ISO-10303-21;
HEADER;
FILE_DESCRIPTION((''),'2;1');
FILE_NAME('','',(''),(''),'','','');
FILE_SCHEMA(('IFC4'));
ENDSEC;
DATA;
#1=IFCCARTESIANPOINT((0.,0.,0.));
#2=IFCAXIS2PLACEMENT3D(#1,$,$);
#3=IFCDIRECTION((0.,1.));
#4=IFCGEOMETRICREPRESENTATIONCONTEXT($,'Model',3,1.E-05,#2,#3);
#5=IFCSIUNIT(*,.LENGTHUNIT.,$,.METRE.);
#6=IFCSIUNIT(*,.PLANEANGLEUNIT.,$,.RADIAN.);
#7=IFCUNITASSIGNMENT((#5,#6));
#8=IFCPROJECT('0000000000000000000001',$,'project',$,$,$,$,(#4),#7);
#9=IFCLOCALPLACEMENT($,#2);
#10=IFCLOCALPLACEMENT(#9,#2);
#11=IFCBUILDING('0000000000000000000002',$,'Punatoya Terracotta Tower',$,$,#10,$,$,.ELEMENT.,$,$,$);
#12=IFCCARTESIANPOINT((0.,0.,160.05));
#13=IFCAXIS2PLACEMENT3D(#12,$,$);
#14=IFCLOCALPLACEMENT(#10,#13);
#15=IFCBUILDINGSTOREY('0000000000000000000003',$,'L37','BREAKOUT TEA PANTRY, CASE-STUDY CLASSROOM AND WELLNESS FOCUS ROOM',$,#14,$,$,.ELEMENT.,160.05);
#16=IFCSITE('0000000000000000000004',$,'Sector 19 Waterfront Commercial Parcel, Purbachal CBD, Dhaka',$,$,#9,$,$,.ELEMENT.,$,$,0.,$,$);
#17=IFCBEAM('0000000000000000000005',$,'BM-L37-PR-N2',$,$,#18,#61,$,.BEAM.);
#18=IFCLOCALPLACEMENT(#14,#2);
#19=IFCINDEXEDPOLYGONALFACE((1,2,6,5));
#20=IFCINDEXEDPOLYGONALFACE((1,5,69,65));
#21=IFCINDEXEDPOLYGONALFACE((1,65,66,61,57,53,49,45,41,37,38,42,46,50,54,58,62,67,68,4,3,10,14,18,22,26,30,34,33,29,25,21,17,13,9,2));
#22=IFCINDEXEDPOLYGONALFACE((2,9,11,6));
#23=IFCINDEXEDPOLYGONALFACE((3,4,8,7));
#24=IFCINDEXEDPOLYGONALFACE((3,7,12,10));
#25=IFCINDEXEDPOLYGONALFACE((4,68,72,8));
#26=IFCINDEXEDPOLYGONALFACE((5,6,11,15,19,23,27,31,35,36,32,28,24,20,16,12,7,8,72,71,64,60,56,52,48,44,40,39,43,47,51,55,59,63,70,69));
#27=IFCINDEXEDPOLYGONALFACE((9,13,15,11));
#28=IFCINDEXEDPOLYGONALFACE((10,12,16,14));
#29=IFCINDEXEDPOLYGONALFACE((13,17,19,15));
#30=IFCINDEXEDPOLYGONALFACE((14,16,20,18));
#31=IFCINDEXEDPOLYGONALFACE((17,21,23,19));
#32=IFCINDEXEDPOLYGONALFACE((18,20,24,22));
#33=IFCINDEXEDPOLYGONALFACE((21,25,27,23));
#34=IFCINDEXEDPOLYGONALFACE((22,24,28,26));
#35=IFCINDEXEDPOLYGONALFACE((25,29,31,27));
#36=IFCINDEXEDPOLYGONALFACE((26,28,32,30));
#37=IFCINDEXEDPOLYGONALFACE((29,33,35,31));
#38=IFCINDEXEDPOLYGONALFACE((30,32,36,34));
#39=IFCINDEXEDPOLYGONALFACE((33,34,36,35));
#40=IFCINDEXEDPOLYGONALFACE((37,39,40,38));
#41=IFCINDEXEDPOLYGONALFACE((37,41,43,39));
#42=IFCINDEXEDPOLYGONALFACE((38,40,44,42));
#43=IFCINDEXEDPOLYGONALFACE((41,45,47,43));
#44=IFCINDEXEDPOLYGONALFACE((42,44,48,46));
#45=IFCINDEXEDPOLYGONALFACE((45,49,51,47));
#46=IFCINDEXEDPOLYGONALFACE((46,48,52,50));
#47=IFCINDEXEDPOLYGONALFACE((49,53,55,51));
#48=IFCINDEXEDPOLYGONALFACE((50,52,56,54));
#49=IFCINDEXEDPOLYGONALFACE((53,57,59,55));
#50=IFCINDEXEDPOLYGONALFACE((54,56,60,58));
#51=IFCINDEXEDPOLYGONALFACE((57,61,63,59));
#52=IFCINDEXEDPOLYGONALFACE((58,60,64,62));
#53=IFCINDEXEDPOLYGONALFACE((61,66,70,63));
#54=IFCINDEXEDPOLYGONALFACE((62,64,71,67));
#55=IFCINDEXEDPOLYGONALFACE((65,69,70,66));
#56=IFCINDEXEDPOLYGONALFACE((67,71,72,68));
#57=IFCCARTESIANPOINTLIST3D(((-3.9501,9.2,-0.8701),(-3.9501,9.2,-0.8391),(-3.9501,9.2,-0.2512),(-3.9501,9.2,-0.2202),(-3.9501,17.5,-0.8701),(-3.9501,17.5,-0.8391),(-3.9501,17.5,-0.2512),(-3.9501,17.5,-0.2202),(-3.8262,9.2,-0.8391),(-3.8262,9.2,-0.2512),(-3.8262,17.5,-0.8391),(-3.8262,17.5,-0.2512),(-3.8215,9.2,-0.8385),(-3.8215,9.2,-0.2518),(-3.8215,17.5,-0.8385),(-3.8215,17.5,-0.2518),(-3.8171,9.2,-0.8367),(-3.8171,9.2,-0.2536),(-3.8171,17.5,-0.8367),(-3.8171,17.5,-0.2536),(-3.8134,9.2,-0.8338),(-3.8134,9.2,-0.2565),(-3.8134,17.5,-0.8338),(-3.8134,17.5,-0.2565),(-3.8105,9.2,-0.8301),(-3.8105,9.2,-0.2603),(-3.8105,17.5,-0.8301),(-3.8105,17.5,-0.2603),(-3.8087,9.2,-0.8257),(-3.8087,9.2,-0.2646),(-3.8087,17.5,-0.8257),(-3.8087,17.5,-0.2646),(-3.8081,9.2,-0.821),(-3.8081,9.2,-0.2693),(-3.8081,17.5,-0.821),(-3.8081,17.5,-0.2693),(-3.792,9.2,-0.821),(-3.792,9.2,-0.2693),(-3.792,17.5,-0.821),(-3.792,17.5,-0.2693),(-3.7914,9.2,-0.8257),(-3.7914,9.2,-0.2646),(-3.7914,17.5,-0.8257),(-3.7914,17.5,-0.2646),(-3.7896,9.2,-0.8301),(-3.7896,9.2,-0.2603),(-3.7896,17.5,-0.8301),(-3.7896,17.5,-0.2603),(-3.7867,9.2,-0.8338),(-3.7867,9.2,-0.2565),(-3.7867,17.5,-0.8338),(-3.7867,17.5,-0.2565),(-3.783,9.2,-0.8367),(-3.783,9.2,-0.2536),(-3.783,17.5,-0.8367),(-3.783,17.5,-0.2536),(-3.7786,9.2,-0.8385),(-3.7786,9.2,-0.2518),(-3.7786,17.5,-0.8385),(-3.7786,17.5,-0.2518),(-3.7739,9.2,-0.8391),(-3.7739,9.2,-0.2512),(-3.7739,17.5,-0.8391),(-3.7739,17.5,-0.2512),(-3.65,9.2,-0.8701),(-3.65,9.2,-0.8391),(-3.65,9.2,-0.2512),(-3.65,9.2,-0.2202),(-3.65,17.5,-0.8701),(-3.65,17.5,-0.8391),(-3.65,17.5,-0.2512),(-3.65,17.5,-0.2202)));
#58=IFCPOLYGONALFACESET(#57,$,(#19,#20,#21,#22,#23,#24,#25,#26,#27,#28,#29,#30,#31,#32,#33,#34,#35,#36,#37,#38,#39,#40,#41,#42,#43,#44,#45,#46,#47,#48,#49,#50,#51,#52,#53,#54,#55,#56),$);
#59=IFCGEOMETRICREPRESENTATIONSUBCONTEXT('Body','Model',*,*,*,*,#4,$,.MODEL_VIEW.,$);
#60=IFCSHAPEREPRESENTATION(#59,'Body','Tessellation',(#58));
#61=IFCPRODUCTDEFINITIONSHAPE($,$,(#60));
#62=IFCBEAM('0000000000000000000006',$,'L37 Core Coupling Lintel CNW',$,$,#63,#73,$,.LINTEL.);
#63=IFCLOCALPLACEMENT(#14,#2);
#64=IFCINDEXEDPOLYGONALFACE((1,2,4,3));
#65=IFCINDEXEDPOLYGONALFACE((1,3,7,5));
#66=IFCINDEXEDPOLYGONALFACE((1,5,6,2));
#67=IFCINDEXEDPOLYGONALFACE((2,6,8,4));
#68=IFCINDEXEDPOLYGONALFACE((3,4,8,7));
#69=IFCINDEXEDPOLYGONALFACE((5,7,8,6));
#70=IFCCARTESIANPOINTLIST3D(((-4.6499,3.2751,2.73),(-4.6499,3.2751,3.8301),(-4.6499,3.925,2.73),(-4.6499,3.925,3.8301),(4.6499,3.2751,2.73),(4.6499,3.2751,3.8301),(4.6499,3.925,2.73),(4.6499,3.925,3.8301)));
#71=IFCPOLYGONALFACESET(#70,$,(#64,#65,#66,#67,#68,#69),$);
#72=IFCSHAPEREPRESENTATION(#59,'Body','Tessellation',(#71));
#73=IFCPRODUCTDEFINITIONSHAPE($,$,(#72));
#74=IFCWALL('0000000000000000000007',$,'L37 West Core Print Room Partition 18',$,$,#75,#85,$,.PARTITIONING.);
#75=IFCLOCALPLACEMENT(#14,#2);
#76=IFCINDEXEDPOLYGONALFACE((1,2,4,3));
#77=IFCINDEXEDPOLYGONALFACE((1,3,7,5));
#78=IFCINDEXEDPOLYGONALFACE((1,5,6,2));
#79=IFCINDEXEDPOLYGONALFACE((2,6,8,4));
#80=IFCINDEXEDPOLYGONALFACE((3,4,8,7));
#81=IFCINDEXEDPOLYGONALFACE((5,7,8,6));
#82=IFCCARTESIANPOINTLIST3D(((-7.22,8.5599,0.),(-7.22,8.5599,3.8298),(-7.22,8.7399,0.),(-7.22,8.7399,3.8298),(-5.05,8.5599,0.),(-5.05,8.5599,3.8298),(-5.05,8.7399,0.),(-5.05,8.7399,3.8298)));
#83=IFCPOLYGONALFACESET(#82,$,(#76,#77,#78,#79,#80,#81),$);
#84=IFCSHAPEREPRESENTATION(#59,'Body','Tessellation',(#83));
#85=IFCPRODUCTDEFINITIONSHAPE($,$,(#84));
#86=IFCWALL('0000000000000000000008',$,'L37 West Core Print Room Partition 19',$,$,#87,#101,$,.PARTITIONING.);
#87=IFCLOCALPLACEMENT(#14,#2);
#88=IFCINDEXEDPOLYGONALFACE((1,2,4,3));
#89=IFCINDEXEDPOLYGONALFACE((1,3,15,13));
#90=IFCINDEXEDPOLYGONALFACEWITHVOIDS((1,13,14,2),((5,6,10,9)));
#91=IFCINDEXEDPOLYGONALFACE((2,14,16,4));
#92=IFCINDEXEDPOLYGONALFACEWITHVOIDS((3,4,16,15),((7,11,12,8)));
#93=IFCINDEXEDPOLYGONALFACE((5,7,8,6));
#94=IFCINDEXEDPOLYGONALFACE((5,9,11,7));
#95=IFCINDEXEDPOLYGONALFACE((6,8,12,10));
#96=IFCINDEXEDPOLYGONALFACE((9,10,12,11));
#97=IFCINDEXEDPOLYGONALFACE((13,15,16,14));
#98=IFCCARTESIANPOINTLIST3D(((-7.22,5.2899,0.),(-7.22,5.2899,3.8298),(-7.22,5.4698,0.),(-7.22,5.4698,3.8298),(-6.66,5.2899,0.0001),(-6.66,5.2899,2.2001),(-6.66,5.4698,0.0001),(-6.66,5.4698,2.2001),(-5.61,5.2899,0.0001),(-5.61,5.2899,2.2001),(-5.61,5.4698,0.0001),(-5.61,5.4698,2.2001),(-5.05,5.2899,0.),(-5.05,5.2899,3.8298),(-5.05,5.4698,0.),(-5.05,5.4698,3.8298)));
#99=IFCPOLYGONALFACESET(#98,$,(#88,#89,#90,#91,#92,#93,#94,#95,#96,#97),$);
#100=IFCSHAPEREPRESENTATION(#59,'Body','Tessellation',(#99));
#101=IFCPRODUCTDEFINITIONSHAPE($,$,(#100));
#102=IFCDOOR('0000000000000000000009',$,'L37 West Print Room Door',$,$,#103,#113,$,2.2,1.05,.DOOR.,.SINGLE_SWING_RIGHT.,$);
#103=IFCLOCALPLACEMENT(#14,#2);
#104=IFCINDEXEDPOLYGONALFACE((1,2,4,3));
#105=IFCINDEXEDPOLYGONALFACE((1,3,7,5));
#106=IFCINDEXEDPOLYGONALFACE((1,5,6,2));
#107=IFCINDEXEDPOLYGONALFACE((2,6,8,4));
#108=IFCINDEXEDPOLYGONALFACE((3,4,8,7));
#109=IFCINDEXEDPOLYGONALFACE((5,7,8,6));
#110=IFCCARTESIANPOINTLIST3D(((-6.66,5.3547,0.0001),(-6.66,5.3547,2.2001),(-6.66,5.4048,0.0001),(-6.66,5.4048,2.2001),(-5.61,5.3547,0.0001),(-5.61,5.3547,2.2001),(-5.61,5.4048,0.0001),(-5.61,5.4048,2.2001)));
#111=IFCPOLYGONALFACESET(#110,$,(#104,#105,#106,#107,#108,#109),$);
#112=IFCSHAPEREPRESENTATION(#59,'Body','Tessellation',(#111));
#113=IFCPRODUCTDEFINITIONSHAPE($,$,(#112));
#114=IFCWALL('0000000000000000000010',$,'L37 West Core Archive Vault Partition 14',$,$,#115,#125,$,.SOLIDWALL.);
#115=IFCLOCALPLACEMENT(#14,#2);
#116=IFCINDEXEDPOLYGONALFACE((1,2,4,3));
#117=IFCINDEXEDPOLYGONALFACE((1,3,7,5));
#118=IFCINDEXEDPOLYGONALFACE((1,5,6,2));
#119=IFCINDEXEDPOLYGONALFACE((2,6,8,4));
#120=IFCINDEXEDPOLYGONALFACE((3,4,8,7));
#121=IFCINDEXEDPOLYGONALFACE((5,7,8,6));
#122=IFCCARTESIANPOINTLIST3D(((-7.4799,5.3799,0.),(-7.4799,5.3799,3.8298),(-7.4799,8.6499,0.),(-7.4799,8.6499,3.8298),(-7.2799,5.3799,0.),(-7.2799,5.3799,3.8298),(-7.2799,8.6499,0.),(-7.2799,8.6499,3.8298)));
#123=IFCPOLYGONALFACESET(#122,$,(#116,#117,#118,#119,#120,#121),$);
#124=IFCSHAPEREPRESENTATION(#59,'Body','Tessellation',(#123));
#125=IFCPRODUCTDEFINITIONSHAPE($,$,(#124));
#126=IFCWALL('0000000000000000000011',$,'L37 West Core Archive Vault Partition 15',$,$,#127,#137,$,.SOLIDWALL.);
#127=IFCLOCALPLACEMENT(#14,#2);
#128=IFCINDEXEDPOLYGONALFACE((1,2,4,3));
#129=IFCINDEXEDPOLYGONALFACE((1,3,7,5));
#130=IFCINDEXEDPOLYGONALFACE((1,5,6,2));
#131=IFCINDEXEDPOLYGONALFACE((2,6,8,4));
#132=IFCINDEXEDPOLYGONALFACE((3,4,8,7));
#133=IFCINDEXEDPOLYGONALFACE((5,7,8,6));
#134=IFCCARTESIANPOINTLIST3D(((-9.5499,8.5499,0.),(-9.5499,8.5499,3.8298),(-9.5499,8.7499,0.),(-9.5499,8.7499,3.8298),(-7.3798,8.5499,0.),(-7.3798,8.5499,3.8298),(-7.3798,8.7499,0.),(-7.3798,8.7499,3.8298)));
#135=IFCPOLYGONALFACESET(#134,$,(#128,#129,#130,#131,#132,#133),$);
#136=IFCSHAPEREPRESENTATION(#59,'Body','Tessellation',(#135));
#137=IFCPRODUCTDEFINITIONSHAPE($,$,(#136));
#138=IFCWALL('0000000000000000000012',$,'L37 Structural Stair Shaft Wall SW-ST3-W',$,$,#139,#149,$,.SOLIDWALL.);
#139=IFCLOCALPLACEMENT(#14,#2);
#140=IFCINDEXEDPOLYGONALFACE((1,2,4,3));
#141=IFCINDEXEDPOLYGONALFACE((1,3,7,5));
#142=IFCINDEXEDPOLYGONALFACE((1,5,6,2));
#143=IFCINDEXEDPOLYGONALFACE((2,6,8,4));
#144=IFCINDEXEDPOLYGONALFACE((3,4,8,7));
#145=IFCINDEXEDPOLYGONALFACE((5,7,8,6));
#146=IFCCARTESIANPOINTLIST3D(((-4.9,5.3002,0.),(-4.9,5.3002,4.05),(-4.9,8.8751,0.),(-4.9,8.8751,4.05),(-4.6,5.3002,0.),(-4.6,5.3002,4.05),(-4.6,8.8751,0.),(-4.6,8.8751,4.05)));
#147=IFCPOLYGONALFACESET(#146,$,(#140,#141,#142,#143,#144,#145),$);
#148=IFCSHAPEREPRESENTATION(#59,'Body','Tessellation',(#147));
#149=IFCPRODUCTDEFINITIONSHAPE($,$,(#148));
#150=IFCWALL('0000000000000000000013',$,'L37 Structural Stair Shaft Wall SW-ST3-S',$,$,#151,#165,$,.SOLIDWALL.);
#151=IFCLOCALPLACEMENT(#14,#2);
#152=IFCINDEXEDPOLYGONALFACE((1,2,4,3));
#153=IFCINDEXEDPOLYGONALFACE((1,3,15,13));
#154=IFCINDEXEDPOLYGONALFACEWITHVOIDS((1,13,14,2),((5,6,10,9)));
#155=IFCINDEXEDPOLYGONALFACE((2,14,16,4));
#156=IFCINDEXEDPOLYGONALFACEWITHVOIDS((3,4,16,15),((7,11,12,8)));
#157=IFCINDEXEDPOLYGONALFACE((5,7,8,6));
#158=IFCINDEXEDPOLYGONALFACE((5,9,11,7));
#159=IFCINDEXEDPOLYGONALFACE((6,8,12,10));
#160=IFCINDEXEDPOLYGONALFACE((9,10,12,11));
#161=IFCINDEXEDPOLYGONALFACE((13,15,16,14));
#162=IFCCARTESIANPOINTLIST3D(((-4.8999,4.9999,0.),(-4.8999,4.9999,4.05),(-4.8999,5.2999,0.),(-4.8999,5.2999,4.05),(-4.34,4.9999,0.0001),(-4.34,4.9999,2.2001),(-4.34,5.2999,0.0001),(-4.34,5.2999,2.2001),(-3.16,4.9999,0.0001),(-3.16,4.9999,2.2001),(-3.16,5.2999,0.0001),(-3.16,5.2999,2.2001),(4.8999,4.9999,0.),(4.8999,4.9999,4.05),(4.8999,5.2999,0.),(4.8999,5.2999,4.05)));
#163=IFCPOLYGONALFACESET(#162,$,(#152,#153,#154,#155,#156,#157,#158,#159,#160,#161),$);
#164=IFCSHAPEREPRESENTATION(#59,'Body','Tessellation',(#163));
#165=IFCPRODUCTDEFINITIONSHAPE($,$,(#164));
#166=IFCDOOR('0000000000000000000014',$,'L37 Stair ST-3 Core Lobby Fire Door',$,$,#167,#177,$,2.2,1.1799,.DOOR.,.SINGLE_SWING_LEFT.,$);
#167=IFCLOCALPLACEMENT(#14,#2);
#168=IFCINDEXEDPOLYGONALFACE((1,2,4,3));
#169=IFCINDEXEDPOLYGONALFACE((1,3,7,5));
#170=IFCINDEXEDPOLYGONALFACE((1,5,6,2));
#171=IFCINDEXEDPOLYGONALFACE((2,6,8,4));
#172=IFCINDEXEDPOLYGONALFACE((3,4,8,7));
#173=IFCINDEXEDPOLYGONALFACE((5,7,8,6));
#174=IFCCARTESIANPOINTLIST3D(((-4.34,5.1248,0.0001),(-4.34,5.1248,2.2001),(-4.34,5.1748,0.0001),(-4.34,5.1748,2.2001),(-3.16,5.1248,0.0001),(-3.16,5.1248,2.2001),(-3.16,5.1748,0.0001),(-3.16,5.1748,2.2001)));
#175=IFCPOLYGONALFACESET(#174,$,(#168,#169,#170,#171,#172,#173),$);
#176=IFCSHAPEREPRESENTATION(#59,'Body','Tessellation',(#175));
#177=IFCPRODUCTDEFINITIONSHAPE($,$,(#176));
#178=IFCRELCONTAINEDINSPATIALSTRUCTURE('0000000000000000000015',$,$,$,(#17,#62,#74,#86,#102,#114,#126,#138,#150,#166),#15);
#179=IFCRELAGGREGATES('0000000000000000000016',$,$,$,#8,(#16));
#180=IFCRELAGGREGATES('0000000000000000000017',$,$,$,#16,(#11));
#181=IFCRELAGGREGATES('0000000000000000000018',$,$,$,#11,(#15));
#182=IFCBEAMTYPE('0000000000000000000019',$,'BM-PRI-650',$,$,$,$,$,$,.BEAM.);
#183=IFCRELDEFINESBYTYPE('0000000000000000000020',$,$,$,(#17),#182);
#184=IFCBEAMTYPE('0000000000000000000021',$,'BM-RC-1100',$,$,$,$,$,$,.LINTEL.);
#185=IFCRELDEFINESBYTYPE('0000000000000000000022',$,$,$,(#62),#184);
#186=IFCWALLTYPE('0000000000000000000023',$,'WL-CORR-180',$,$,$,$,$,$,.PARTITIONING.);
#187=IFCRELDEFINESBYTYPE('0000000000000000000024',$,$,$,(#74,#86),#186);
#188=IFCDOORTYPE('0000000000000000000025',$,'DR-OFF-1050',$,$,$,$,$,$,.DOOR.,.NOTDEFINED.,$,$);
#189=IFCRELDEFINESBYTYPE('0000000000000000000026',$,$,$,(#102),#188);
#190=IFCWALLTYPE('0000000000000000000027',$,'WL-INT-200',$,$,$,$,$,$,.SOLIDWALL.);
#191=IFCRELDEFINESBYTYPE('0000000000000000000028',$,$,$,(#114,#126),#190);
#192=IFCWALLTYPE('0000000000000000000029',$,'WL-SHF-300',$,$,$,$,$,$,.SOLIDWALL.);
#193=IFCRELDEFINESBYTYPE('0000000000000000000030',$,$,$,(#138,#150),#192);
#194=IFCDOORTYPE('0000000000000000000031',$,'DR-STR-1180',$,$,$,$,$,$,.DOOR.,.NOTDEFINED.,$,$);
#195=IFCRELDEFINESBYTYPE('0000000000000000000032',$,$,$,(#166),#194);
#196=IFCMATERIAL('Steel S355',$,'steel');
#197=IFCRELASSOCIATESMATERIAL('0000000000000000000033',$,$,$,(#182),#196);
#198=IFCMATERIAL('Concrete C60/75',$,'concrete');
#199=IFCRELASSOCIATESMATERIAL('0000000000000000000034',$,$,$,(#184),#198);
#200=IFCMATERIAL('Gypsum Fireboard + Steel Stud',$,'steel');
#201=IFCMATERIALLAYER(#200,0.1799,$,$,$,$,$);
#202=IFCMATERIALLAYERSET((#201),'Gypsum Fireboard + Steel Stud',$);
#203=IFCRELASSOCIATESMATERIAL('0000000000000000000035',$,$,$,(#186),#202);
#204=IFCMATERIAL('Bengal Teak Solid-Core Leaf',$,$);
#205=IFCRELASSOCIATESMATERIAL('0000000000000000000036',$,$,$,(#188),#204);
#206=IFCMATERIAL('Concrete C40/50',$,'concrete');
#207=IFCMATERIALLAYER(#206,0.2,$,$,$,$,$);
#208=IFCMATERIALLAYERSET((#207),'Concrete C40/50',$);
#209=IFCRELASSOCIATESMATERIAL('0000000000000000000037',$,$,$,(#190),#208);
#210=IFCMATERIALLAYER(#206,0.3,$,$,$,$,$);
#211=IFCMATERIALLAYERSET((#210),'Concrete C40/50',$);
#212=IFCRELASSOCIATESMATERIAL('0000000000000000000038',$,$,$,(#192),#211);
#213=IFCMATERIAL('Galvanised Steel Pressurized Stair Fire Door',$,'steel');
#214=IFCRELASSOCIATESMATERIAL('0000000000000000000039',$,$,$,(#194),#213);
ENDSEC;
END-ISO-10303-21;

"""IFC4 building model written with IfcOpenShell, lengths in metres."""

from ifc_helpers import new_model, si_unit, direction, frame, frame_2d, origin, origin_2d, place, context, subcontext, project, spatial, rectangle, i_section, extrude, material, layer, layer_set, material_profile, profile_set, type_object, element, fill, save


model = new_model("IFC4")

# Units and contexts
model_context = context("Model", 3, precision=1e-05, world=origin(), true_north=direction((0.0, 1.0)))
body_context = subcontext(model_context, "Body", "Model", "MODEL_VIEW")
ifc_project = project(units=[si_unit("LENGTHUNIT", "METRE"), si_unit("PLANEANGLEUNIT", "RADIAN")], contexts=[model_context])

# Site, building, storey
site_placement = place(None, origin())
site = spatial("IfcSite", under=ifc_project, at=site_placement, Name="Sector 19 Waterfront Commercial Parcel, Purbachal CBD, Dhaka", CompositionType="ELEMENT", RefElevation=0.0)
building_placement = place(site_placement, origin())
building = spatial("IfcBuilding", under=site, at=building_placement, Name="Punatoya Terracotta Tower", CompositionType="ELEMENT")
storey_placement = place(building_placement, frame((0.0, 0.0, 160.05)))
storey = spatial("IfcBuildingStorey", under=building, at=storey_placement, Name="L37", Description="BREAKOUT TEA PANTRY, CASE-STUDY CLASSROOM AND WELLNESS FOCUS ROOM", CompositionType="ELEMENT", Elevation=160.05)

# Beams
ifc_material_1 = material(Name="Steel S355", Category="steel")
ifc_material_profile_1 = material_profile(ifc_material_1, i_section(OverallWidth=0.3, OverallDepth=0.6499, WebThickness=0.0161, FlangeThickness=0.031, FilletRadius=0.0181, at=origin_2d()))
ifc_profile_set_1 = profile_set([ifc_material_profile_1], Name="Steel S355")
beam_type_1 = type_object("IfcBeamType", Name="BM-PRI-650", PredefinedType="BEAM", material=ifc_profile_set_1)
beam_1_placement = place(storey_placement, frame((-3.8, 9.2, -0.5452), z_axis=(0.0, 1.0, 0.0), x_axis=(-1.0, 0.0, 0.0)))
element("IfcBeam", 1, at=beam_1_placement, inside=storey, type_object=beam_type_1, Name="BM-L37-PR-N2", PredefinedType="BEAM", context=body_context, shape_type="SweptSolid", body=[
    extrude(i_section(OverallWidth=0.3, OverallDepth=0.6499, WebThickness=0.0161, FlangeThickness=0.031, FilletRadius=0.0181, at=origin_2d()), origin(), (0.0, 0.0, 1.0), 8.3),
])
ifc_material_2 = material(Name="Concrete C60/75", Category="concrete")
ifc_material_profile_2 = material_profile(ifc_material_2, rectangle(XDim=0.6499, YDim=1.1001, at=origin_2d()))
ifc_profile_set_2 = profile_set([ifc_material_profile_2], Name="Concrete C60/75")
beam_type_2 = type_object("IfcBeamType", Name="BM-RC-1100", PredefinedType="LINTEL", material=ifc_profile_set_2)
beam_2_placement = place(storey_placement, frame((-4.6499, 3.6001, 3.28), z_axis=(1.0, 0.0, 0.0), x_axis=(0.0, 1.0, 0.0)))
element("IfcBeam", 2, at=beam_2_placement, inside=storey, type_object=beam_type_2, Name="L37 Core Coupling Lintel CNW", PredefinedType="LINTEL", context=body_context, shape_type="SweptSolid", body=[
    extrude(rectangle(XDim=0.6499, YDim=1.1001, at=origin_2d()), origin(), (0.0, 0.0, 1.0), 9.2998),
])

# Wall
ifc_material_3 = material(Name="Gypsum Fireboard + Steel Stud", Category="steel")
ifc_layer_1 = layer(ifc_material_3, 0.1799)
ifc_layer_set_1 = layer_set([ifc_layer_1], Name="Gypsum Fireboard + Steel Stud")
wall_type_1 = type_object("IfcWallType", Name="WL-CORR-180", PredefinedType="PARTITIONING", material=ifc_layer_set_1)
wall_1_placement = place(storey_placement, frame((-5.05, 8.6499, 0.0), z_axis=(0.0, 0.0, 1.0), x_axis=(-1.0, 0.0, 0.0)))
element("IfcWall", 3, at=wall_1_placement, inside=storey, type_object=wall_type_1, Name="L37 West Core Print Room Partition 18", PredefinedType="PARTITIONING", context=body_context, shape_type="SweptSolid", body=[
    extrude(rectangle(XDim=2.1699, YDim=0.1799, at=frame_2d((1.085, 0.0))), origin(), (0.0, 0.0, 1.0), 3.8298),
])

# Wall, opening, door
wall_2_placement = place(storey_placement, frame((-7.22, 5.3799, 0.0), z_axis=(0.0, 0.0, 1.0), x_axis=(1.0, 0.0, 0.0)))
wall_2 = element("IfcWall", 4, at=wall_2_placement, inside=storey, type_object=wall_type_1, Name="L37 West Core Print Room Partition 19", PredefinedType="PARTITIONING", context=body_context, shape_type="SweptSolid", body=[
    extrude(rectangle(XDim=2.1699, YDim=0.1799, at=frame_2d((1.085, 0.0))), origin(), (0.0, 0.0, 1.0), 3.8298),
])
opening_1_placement = place(wall_2_placement, frame((0.5601, 0.0, 0.0)))
opening_1 = element("IfcOpeningElement", 5, at=opening_1_placement, cuts=wall_2, PredefinedType="OPENING", context=body_context, shape_type="SweptSolid", body=[
    extrude(rectangle(XDim=1.05, YDim=2.2, at=frame_2d((0.5249, 1.1001))), frame((0.0, 0.0999, 0.0), z_axis=(0.0, -1.0, 0.0), x_axis=(1.0, 0.0, 0.0)), (0.0, 0.0, 1.0), 0.2),
])
ifc_material_4 = material(Name="Bengal Teak Solid-Core Leaf")
door_type_1 = type_object("IfcDoorType", Name="DR-OFF-1050", OperationType="NOTDEFINED", PredefinedType="DOOR", material=ifc_material_4)
door_1_placement = place(opening_1_placement, origin())
door_1 = element("IfcDoor", 6, at=door_1_placement, inside=storey, type_object=door_type_1, Name="L37 West Print Room Door", OperationType="SINGLE_SWING_RIGHT", OverallHeight=2.2, OverallWidth=1.05, PredefinedType="DOOR", context=body_context, shape_type="SweptSolid", body=[
    extrude(rectangle(XDim=1.05, YDim=2.2, at=frame_2d((0.5249, 1.1001))), frame((0.0, 0.0249, 0.0), z_axis=(0.0, -1.0, 0.0), x_axis=(1.0, 0.0, 0.0)), (0.0, 0.0, 1.0), 0.05),
])
fill(opening_1, door_1)

# Walls
ifc_material_5 = material(Name="Concrete C40/50", Category="concrete")
ifc_layer_2 = layer(ifc_material_5, 0.2)
ifc_layer_set_2 = layer_set([ifc_layer_2], Name="Concrete C40/50")
wall_type_2 = type_object("IfcWallType", Name="WL-INT-200", PredefinedType="SOLIDWALL", material=ifc_layer_set_2)
wall_3_placement = place(storey_placement, frame((-7.3799, 5.3799, 0.0), z_axis=(0.0, 0.0, 1.0), x_axis=(0.0, 1.0, 0.0)))
element("IfcWall", 7, at=wall_3_placement, inside=storey, type_object=wall_type_2, Name="L37 West Core Archive Vault Partition 14", PredefinedType="SOLIDWALL", context=body_context, shape_type="SweptSolid", body=[
    extrude(rectangle(XDim=3.27, YDim=0.2, at=frame_2d((1.635, 0.0))), origin(), (0.0, 0.0, 1.0), 3.8298),
])
wall_4_placement = place(storey_placement, frame((-7.3799, 8.6499, 0.0), z_axis=(0.0, 0.0, 1.0), x_axis=(-1.0, 0.0, 0.0)))
element("IfcWall", 8, at=wall_4_placement, inside=storey, type_object=wall_type_2, Name="L37 West Core Archive Vault Partition 15", PredefinedType="SOLIDWALL", context=body_context, shape_type="SweptSolid", body=[
    extrude(rectangle(XDim=2.1702, YDim=0.2, at=frame_2d((1.085, 0.0))), origin(), (0.0, 0.0, 1.0), 3.8298),
])
ifc_layer_3 = layer(ifc_material_5, 0.3)
ifc_layer_set_3 = layer_set([ifc_layer_3], Name="Concrete C40/50")
wall_type_3 = type_object("IfcWallType", Name="WL-SHF-300", PredefinedType="SOLIDWALL", material=ifc_layer_set_3)
wall_5_placement = place(storey_placement, frame((-4.75, 5.3, 0.0), z_axis=(0.0, 0.0, 1.0), x_axis=(0.0, 1.0, 0.0)))
element("IfcWall", 9, at=wall_5_placement, inside=storey, type_object=wall_type_3, Name="L37 Structural Stair Shaft Wall SW-ST3-W", PredefinedType="SOLIDWALL", context=body_context, shape_type="SweptSolid", body=[
    extrude(rectangle(XDim=3.575, YDim=0.3, at=frame_2d((1.7876, 0.0))), origin(), (0.0, 0.0, 1.0), 4.05),
])

# Wall, opening, door
wall_6_placement = place(storey_placement, frame((-4.8999, 5.1499, 0.0), z_axis=(0.0, 0.0, 1.0), x_axis=(1.0, 0.0, 0.0)))
wall_6 = element("IfcWall", 10, at=wall_6_placement, inside=storey, type_object=wall_type_3, Name="L37 Structural Stair Shaft Wall SW-ST3-S", PredefinedType="SOLIDWALL", context=body_context, shape_type="SweptSolid", body=[
    extrude(rectangle(XDim=9.7998, YDim=0.3, at=frame_2d((4.8999, 0.0))), origin(), (0.0, 0.0, 1.0), 4.05),
])
opening_2_placement = place(wall_6_placement, frame((0.5601, 0.0, 0.0)))
opening_2 = element("IfcOpeningElement", 11, at=opening_2_placement, cuts=wall_6, PredefinedType="OPENING", context=body_context, shape_type="SweptSolid", body=[
    extrude(rectangle(XDim=1.1799, YDim=2.2, at=frame_2d((0.5898, 1.1001))), frame((0.0, 0.1599, 0.0), z_axis=(0.0, -1.0, 0.0), x_axis=(1.0, 0.0, 0.0)), (0.0, 0.0, 1.0), 0.3201),
])
ifc_material_6 = material(Name="Galvanised Steel Pressurized Stair Fire Door", Category="steel")
door_type_2 = type_object("IfcDoorType", Name="DR-STR-1180", OperationType="NOTDEFINED", PredefinedType="DOOR", material=ifc_material_6)
door_2_placement = place(opening_2_placement, origin())
door_2 = element("IfcDoor", 12, at=door_2_placement, inside=storey, type_object=door_type_2, Name="L37 Stair ST-3 Core Lobby Fire Door", OperationType="SINGLE_SWING_LEFT", OverallHeight=2.2, OverallWidth=1.1799, PredefinedType="DOOR", context=body_context, shape_type="SweptSolid", body=[
    extrude(rectangle(XDim=1.1799, YDim=2.2, at=frame_2d((0.5898, 1.1001))), frame((0.0, 0.0249, 0.0), z_axis=(0.0, -1.0, 0.0), x_axis=(1.0, 0.0, 0.0)), (0.0, 0.0, 1.0), 0.05),
])
fill(opening_2, door_2)

save(model, "model.ifc")
